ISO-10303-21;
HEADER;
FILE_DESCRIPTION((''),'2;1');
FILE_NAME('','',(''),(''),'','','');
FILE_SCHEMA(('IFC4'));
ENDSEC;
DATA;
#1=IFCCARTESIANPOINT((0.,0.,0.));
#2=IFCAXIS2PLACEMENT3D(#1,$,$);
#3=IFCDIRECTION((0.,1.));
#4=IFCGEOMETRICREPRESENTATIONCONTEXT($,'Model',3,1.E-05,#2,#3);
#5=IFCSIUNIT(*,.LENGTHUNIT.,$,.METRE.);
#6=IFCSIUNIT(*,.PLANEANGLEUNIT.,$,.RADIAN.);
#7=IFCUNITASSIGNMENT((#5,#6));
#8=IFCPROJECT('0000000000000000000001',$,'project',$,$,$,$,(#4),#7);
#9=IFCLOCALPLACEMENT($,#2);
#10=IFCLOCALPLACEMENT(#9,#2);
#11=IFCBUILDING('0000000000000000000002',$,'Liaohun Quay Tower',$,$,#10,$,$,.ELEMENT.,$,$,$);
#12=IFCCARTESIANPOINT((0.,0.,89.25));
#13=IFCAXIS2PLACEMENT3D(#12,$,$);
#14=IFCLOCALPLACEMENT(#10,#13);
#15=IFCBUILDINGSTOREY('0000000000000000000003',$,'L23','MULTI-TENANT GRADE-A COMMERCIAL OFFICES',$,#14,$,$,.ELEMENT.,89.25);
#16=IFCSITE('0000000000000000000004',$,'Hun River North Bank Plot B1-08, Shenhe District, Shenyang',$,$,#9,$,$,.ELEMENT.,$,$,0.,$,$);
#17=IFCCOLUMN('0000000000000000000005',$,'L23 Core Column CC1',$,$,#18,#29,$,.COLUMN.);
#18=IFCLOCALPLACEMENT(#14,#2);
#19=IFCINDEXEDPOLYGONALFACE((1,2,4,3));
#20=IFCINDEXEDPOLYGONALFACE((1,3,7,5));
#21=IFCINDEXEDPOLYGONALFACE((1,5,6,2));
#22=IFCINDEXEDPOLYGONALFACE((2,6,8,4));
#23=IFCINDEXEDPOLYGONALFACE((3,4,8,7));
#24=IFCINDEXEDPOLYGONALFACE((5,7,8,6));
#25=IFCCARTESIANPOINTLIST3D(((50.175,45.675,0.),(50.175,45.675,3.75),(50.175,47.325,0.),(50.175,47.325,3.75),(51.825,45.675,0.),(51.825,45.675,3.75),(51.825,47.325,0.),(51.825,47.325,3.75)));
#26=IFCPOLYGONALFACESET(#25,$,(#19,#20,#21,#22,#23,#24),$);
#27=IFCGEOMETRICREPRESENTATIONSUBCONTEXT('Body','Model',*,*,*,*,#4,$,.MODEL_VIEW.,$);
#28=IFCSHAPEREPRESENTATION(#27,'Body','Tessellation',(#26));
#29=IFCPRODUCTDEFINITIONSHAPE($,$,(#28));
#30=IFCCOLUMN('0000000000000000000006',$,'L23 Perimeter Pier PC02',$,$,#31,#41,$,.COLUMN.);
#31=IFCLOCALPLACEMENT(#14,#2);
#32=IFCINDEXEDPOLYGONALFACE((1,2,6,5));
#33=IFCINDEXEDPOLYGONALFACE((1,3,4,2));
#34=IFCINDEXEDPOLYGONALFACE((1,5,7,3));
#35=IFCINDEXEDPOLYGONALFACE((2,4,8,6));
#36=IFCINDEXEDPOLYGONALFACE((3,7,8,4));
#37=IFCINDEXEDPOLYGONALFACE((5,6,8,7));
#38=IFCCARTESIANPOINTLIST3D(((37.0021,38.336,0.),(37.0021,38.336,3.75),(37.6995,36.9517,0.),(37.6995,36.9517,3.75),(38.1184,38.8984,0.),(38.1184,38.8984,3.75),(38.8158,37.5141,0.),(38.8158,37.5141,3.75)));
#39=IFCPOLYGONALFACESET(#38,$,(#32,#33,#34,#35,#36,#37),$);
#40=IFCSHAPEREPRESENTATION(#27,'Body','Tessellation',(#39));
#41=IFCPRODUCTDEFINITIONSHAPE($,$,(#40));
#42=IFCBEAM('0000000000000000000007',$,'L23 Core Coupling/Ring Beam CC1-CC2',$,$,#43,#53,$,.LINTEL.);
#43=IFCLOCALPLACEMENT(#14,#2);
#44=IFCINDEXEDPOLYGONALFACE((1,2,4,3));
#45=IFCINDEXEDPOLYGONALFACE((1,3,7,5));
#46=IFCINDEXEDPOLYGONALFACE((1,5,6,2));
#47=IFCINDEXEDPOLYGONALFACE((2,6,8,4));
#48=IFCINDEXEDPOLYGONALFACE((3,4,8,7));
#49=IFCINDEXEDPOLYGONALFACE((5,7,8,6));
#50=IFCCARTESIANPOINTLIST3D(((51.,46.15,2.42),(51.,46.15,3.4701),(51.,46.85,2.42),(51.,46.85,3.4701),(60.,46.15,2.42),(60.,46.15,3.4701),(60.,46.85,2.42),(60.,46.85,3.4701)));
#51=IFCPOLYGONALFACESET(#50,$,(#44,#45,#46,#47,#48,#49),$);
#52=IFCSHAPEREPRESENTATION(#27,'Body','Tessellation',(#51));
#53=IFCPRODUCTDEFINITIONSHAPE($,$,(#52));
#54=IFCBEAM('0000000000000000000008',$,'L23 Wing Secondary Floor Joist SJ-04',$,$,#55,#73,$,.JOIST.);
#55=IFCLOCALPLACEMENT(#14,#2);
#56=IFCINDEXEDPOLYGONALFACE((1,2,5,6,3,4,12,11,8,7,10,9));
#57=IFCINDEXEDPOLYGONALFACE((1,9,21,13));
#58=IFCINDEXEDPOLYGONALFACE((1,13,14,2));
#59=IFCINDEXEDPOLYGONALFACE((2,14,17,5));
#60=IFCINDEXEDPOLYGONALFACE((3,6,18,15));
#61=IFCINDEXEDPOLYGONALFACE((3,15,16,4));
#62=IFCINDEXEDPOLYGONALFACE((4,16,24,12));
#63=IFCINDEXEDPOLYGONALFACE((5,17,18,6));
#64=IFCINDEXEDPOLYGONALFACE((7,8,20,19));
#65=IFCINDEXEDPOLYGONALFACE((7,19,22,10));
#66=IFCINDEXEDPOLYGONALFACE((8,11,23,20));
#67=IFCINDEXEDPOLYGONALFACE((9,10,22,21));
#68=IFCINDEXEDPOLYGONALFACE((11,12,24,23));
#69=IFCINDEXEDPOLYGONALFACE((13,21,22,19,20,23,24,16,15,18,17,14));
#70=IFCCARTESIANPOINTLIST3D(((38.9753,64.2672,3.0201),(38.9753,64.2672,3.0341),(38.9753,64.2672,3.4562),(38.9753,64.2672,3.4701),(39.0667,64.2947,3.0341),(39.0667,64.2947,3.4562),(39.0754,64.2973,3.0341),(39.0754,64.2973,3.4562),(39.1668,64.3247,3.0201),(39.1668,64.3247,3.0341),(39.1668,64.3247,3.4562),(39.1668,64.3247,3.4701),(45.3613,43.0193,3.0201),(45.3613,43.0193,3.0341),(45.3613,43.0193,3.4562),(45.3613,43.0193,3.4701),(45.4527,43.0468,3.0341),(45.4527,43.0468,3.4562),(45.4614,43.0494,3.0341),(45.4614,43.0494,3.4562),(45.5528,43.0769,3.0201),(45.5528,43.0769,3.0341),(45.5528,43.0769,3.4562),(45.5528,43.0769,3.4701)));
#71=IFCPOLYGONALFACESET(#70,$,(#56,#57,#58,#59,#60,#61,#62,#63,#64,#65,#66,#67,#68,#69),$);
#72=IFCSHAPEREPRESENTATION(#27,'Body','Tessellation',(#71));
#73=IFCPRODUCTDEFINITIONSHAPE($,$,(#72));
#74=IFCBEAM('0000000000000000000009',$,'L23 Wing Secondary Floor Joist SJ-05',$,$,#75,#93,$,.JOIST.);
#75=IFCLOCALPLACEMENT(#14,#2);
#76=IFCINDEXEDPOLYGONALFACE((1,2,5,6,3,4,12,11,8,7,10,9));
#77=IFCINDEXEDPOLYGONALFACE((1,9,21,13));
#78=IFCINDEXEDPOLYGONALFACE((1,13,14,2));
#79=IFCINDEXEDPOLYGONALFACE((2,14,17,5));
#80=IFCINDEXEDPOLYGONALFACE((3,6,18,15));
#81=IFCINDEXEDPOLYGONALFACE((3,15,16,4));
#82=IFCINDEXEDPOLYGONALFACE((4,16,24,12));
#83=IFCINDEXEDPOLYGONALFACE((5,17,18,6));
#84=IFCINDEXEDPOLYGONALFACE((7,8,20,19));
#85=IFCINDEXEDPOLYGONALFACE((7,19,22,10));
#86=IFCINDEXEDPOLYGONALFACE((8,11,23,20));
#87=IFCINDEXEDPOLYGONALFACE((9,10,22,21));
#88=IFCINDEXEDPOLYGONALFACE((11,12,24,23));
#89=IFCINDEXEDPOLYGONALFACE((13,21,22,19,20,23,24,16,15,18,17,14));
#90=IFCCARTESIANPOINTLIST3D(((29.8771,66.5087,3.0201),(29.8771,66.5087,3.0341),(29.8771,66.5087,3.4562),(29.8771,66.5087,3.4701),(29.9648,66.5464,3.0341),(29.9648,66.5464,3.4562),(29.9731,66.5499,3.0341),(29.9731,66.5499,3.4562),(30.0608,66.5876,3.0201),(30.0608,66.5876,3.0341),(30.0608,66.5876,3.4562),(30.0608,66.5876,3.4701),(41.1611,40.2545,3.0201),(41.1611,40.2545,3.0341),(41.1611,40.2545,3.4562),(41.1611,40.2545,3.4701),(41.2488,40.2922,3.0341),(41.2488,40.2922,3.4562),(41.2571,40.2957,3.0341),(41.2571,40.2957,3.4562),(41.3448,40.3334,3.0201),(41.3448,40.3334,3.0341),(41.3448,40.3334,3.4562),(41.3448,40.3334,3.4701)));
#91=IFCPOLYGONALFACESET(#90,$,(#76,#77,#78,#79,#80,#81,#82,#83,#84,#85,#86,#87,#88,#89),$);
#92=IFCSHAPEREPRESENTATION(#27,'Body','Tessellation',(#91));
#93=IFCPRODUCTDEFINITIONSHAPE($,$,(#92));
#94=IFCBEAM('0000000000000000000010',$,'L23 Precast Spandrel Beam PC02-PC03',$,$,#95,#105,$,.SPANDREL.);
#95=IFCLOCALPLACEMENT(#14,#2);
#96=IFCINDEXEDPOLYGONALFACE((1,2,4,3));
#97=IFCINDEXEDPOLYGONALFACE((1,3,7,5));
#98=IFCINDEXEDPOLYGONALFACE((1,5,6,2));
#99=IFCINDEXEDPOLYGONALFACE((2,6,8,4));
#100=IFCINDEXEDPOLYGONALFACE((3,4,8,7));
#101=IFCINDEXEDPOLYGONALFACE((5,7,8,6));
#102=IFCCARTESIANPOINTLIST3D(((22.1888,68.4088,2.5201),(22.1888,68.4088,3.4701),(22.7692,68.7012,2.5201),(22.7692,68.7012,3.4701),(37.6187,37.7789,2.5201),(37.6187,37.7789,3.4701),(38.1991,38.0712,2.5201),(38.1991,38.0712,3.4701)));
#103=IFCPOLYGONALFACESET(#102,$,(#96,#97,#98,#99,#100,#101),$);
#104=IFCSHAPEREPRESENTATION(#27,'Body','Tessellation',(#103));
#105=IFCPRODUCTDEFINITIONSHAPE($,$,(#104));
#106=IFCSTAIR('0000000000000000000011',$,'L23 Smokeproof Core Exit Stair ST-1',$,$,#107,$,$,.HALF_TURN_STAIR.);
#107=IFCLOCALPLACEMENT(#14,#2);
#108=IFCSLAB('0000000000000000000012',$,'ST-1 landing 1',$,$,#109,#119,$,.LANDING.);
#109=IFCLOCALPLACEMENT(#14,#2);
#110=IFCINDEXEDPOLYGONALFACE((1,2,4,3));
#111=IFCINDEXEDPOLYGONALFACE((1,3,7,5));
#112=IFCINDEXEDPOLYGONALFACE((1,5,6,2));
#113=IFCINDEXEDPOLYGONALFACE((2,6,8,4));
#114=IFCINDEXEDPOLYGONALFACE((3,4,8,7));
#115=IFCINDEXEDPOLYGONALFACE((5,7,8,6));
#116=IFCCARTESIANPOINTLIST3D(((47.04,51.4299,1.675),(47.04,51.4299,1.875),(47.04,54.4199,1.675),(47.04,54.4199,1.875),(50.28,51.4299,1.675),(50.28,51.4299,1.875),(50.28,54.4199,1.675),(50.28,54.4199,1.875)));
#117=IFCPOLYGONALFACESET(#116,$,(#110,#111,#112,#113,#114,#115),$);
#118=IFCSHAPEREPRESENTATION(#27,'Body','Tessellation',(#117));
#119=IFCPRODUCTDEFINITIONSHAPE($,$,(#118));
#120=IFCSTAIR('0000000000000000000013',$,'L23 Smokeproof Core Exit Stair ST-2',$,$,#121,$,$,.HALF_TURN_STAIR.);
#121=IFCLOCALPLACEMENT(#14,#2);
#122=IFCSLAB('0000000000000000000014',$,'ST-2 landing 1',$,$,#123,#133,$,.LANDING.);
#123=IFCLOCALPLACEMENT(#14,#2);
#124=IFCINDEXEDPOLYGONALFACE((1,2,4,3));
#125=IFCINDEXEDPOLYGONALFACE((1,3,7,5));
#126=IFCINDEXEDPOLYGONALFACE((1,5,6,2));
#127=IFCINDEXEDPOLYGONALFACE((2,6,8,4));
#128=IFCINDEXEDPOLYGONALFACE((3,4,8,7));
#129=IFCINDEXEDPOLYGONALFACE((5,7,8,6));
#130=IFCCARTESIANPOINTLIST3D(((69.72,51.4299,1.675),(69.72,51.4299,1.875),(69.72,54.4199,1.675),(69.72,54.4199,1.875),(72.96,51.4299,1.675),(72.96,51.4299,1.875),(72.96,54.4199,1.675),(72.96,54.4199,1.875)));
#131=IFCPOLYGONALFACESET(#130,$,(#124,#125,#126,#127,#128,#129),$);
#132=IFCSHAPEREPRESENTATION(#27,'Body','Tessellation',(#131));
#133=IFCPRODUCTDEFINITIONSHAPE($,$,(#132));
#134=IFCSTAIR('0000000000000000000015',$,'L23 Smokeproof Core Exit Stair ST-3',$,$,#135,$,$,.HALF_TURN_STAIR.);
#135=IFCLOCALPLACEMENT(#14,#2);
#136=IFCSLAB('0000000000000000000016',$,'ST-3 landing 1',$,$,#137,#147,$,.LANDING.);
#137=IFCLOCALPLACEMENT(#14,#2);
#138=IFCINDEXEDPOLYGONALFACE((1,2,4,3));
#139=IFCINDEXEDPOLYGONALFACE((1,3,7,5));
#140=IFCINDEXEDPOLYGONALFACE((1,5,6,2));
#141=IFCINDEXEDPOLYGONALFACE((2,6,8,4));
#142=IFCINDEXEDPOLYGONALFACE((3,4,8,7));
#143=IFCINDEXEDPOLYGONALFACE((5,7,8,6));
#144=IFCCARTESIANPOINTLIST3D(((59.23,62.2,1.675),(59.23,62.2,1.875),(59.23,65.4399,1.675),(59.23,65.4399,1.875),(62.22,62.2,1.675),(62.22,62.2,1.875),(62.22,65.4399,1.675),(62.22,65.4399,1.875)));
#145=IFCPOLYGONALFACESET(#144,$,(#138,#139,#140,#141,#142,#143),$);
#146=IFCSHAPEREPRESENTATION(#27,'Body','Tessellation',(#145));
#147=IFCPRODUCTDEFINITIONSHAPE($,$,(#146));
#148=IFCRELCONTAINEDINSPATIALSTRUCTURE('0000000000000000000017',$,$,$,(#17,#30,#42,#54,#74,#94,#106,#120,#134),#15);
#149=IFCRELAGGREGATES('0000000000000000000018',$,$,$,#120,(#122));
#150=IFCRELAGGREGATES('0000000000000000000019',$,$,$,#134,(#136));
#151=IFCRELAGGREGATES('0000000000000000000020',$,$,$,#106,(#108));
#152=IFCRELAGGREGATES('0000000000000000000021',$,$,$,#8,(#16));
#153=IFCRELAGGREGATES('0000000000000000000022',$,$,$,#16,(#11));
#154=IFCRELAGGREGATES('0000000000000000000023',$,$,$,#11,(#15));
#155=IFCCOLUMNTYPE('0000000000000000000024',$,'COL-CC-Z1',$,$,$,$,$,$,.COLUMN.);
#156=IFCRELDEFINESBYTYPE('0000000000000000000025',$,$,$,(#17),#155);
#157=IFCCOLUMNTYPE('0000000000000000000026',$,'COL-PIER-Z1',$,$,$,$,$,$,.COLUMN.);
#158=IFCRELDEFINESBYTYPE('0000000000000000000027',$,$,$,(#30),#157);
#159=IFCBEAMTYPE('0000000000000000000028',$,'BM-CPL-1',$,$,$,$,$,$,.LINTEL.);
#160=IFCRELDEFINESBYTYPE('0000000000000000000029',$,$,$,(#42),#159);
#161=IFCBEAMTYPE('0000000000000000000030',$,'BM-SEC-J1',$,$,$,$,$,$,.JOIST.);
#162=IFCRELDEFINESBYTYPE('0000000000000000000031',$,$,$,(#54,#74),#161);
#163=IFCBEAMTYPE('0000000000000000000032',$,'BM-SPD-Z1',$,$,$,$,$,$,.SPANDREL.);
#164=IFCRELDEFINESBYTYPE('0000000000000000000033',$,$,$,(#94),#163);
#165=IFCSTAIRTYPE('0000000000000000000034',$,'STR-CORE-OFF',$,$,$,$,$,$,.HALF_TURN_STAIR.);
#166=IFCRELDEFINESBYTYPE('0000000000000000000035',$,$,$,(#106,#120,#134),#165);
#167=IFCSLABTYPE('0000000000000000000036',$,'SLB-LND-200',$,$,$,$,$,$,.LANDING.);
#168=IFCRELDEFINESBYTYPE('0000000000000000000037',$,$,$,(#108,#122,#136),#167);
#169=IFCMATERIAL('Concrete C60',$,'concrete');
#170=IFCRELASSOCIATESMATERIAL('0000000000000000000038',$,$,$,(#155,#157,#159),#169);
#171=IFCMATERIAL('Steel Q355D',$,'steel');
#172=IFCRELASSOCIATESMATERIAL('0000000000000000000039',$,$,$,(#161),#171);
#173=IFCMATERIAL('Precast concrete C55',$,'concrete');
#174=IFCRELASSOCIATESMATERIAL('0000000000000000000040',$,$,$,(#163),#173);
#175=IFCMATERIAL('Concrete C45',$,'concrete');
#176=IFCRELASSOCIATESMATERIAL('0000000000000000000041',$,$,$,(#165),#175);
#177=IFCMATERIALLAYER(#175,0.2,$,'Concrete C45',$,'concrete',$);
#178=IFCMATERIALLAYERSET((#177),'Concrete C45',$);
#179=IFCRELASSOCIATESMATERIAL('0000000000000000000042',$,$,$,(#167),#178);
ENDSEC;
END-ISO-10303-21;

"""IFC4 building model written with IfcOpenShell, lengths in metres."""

from ifc_helpers import new_model, si_unit, direction, frame, origin, origin_2d, place, context, subcontext, project, spatial, polyline, rectangle, i_section, outline, extrude, source, transform, mapped, material, layer, layer_set, material_profile, profile_set, type_object, element, aggregate, save


model = new_model("IFC4")

# Units and contexts
model_context = context("Model", 3, precision=1e-05, world=origin(), true_north=direction((0.0, 1.0)))
body_context = subcontext(model_context, "Body", "Model", "MODEL_VIEW")
ifc_project = project(units=[si_unit("LENGTHUNIT", "METRE"), si_unit("PLANEANGLEUNIT", "RADIAN")], contexts=[model_context])

# Site, building, storey
site_placement = place(None, origin())
site = spatial("IfcSite", under=ifc_project, at=site_placement, Name="Hun River North Bank Plot B1-08, Shenhe District, Shenyang", CompositionType="ELEMENT", RefElevation=0.0)
building_placement = place(site_placement, origin())
building = spatial("IfcBuilding", under=site, at=building_placement, Name="Liaohun Quay Tower", CompositionType="ELEMENT")
storey_placement = place(building_placement, frame((0.0, 0.0, 89.25)))
storey = spatial("IfcBuildingStorey", under=building, at=storey_placement, Name="L23", Description="MULTI-TENANT GRADE-A COMMERCIAL OFFICES", CompositionType="ELEMENT", Elevation=89.25)

# Columns
ifc_material_1 = material(Name="Concrete C60", Category="concrete")
ifc_material_profile_1 = material_profile(ifc_material_1, rectangle(XDim=1.6499, YDim=1.6499, at=origin_2d()), Name="RC1650x1650")
ifc_profile_set_1 = profile_set([ifc_material_profile_1], Name="Concrete C60")
column_type_1 = type_object("IfcColumnType", Name="COL-CC-Z1", PredefinedType="COLUMN", material=ifc_profile_set_1)
shared_shape_1 = source(origin(), body_context, "Body", "SweptSolid", [
    extrude(rectangle(XDim=1.6499, YDim=1.6499, at=origin_2d()), origin(), (0.0, 0.0, 1.0), 3.75),
])
column_1_placement = place(storey_placement, frame((51.0, 46.5, 0.0), z_axis=(0.0, 0.0, 1.0), x_axis=(1.0, 0.0, 0.0)))
element("IfcColumn", 1, at=column_1_placement, inside=storey, type_object=column_type_1, Name="L23 Core Column CC1", PredefinedType="COLUMN", context=body_context, shape_type="MappedRepresentation", body=[
    mapped(shared_shape_1, transform((0.0, 0.0, 0.0), x_axis=(1.0, 0.0, 0.0), y_axis=(0.0, 1.0, 0.0), z_axis=(0.0, 0.0, 1.0), scale=1.0)),
])
ifc_material_profile_2 = material_profile(ifc_material_1, rectangle(XDim=1.55, YDim=1.25, at=origin_2d()), Name="RC1550x1250")
ifc_profile_set_2 = profile_set([ifc_material_profile_2], Name="Concrete C60")
column_type_2 = type_object("IfcColumnType", Name="COL-PIER-Z1", PredefinedType="COLUMN", material=ifc_profile_set_2)
shared_shape_2 = source(origin(), body_context, "Body", "SweptSolid", [
    extrude(rectangle(XDim=1.55, YDim=1.25, at=origin_2d()), origin(), (0.0, 0.0, 1.0), 3.75),
])
column_2_placement = place(storey_placement, frame((37.9089, 37.925, 0.0), z_axis=(0.0, 0.0, 1.0), x_axis=(-0.449943, 0.893057, 0.0)))
element("IfcColumn", 2, at=column_2_placement, inside=storey, type_object=column_type_2, Name="L23 Perimeter Pier PC02", PredefinedType="COLUMN", context=body_context, shape_type="MappedRepresentation", body=[
    mapped(shared_shape_2, transform((0.0, 0.0, 0.0), x_axis=(1.0, 0.0, 0.0), y_axis=(0.0, 1.0, 0.0), z_axis=(0.0, 0.0, 1.0), scale=1.0)),
])

# Beams
ifc_material_profile_3 = material_profile(ifc_material_1, rectangle(XDim=0.7, YDim=1.05, at=origin_2d()), Name="RC700x1050")
ifc_profile_set_3 = profile_set([ifc_material_profile_3], Name="Concrete C60")
beam_type_1 = type_object("IfcBeamType", Name="BM-CPL-1", PredefinedType="LINTEL", material=ifc_profile_set_3)
shared_shape_3 = source(origin(), body_context, "Body", "SweptSolid", [
    extrude(rectangle(XDim=0.7, YDim=1.05, at=origin_2d()), origin(), (0.0, 0.0, 1.0), 9.0),
])
beam_1_placement = place(storey_placement, frame((51.0, 46.5, 2.9451), z_axis=(1.0, 0.0, 0.0), x_axis=(0.0, 1.0, 0.0)))
element("IfcBeam", 3, at=beam_1_placement, inside=storey, type_object=beam_type_1, Name="L23 Core Coupling/Ring Beam CC1-CC2", PredefinedType="LINTEL", context=body_context, shape_type="MappedRepresentation", body=[
    mapped(shared_shape_3, transform((0.0, 0.0, 0.0), x_axis=(1.0, 0.0, 0.0), y_axis=(0.0, 1.0, 0.0), z_axis=(0.0, 0.0, 1.0), scale=1.0)),
])
ifc_material_2 = material(Name="Steel Q355D", Category="steel")
ifc_material_profile_4 = material_profile(ifc_material_2, i_section(OverallWidth=0.2, OverallDepth=0.45, WebThickness=0.009, FlangeThickness=0.0139, at=origin_2d()), Name="HN450x200x9x14")
ifc_profile_set_4 = profile_set([ifc_material_profile_4], Name="Steel Q355D")
beam_type_2 = type_object("IfcBeamType", Name="BM-SEC-J1", PredefinedType="JOIST", material=ifc_profile_set_4)
shared_shape_4 = source(origin(), body_context, "Body", "SweptSolid", [
    extrude(i_section(OverallWidth=0.2, OverallDepth=0.45, WebThickness=0.009, FlangeThickness=0.0139, at=origin_2d()), origin(), (0.0, 0.0, 1.0), 22.1868),
])
beam_2_placement = place(storey_placement, frame((45.457, 43.0481, 3.2451), z_axis=(-0.287829, 0.957682, 0.0), x_axis=(-0.957682, -0.287829, 0.0)))
element("IfcBeam", 4, at=beam_2_placement, inside=storey, type_object=beam_type_2, Name="L23 Wing Secondary Floor Joist SJ-04", PredefinedType="JOIST", context=body_context, shape_type="MappedRepresentation", body=[
    mapped(shared_shape_4, transform((0.0, 0.0, 0.0), x_axis=(1.0, 0.0, 0.0), y_axis=(0.0, 1.0, 0.0), z_axis=(0.0, 0.0, 1.0), scale=1.0)),
])
shared_shape_5 = source(origin(), body_context, "Body", "SweptSolid", [
    extrude(i_section(OverallWidth=0.2, OverallDepth=0.45, WebThickness=0.009, FlangeThickness=0.0139, at=origin_2d()), origin(), (0.0, 0.0, 1.0), 28.5764),
])
beam_3_placement = place(storey_placement, frame((41.2529, 40.2939, 3.2451), z_axis=(-0.39487, 0.918737, 0.0), x_axis=(-0.918737, -0.39487, 0.0)))
element("IfcBeam", 5, at=beam_3_placement, inside=storey, type_object=beam_type_2, Name="L23 Wing Secondary Floor Joist SJ-05", PredefinedType="JOIST", context=body_context, shape_type="MappedRepresentation", body=[
    mapped(shared_shape_5, transform((0.0, 0.0, 0.0), x_axis=(1.0, 0.0, 0.0), y_axis=(0.0, 1.0, 0.0), z_axis=(0.0, 0.0, 1.0), scale=1.0)),
])
ifc_material_3 = material(Name="Precast concrete C55", Category="concrete")
ifc_material_profile_5 = material_profile(ifc_material_3, rectangle(XDim=0.6499, YDim=0.95, at=origin_2d()), Name="RC650x950")
ifc_profile_set_5 = profile_set([ifc_material_profile_5], Name="Precast concrete C55")
beam_type_3 = type_object("IfcBeamType", Name="BM-SPD-Z1", PredefinedType="SPANDREL", material=ifc_profile_set_5)
shared_shape_6 = source(origin(), body_context, "Body", "SweptSolid", [
    extrude(rectangle(XDim=0.6499, YDim=0.95, at=origin_2d()), origin(), (0.0, 0.0, 1.0), 34.2969),
])
beam_4_placement = place(storey_placement, frame((37.9089, 37.925, 2.9951), z_axis=(-0.449894, 0.893082, 0.0), x_axis=(-0.893082, -0.449894, 0.0)))
element("IfcBeam", 6, at=beam_4_placement, inside=storey, type_object=beam_type_3, Name="L23 Precast Spandrel Beam PC02-PC03", PredefinedType="SPANDREL", context=body_context, shape_type="MappedRepresentation", body=[
    mapped(shared_shape_6, transform((0.0, 0.0, 0.0), x_axis=(1.0, 0.0, 0.0), y_axis=(0.0, 1.0, 0.0), z_axis=(0.0, 0.0, 1.0), scale=1.0)),
])

# Stairs, slabs
ifc_material_4 = material(Name="Concrete C45", Category="concrete")
stair_type = type_object("IfcStairType", Name="STR-CORE-OFF", PredefinedType="HALF_TURN_STAIR", material=ifc_material_4)
stair_1_placement = place(storey_placement, origin())
stair_1 = element("IfcStair", 7, at=stair_1_placement, inside=storey, type_object=stair_type, Name="L23 Smokeproof Core Exit Stair ST-1", PredefinedType="HALF_TURN_STAIR")
ifc_layer_1 = layer(ifc_material_4, 0.2, Name="Concrete C45", Category="concrete")
ifc_layer_set_1 = layer_set([ifc_layer_1], Name="Concrete C45")
slab_type_1 = type_object("IfcSlabType", Name="SLB-LND-200", PredefinedType="LANDING", material=ifc_layer_set_1)
slab_1_placement = place(storey_placement, frame((0.0, 0.0, 1.675)))
slab_1 = element("IfcSlab", 8, at=slab_1_placement, type_object=slab_type_1, Name="ST-1 landing 1", PredefinedType="LANDING", context=body_context, shape_type="SweptSolid", body=[
    extrude(outline(polyline([(50.28, 51.4299), (50.28, 54.4199), (47.04, 54.4199), (47.04, 51.4299), (50.28, 51.4299)])), origin(), (0.0, 0.0, 1.0), 0.2),
])
stair_2_placement = place(storey_placement, origin())
stair_2 = element("IfcStair", 9, at=stair_2_placement, inside=storey, type_object=stair_type, Name="L23 Smokeproof Core Exit Stair ST-2", PredefinedType="HALF_TURN_STAIR")
slab_2_placement = place(storey_placement, frame((0.0, 0.0, 1.675)))
slab_2 = element("IfcSlab", 10, at=slab_2_placement, type_object=slab_type_1, Name="ST-2 landing 1", PredefinedType="LANDING", context=body_context, shape_type="SweptSolid", body=[
    extrude(outline(polyline([(72.96, 51.4299), (72.96, 54.4199), (69.72, 54.4199), (69.72, 51.4299), (72.96, 51.4299)])), origin(), (0.0, 0.0, 1.0), 0.2),
])
aggregate(stair_2, [slab_2])
stair_3_placement = place(storey_placement, origin())
stair_3 = element("IfcStair", 11, at=stair_3_placement, inside=storey, type_object=stair_type, Name="L23 Smokeproof Core Exit Stair ST-3", PredefinedType="HALF_TURN_STAIR")
slab_3_placement = place(storey_placement, frame((0.0, 0.0, 1.675)))
slab_3 = element("IfcSlab", 12, at=slab_3_placement, type_object=slab_type_1, Name="ST-3 landing 1", PredefinedType="LANDING", context=body_context, shape_type="SweptSolid", body=[
    extrude(outline(polyline([(59.23, 62.2), (62.22, 62.2), (62.22, 65.4399), (59.23, 65.4399), (59.23, 62.2)])), origin(), (0.0, 0.0, 1.0), 0.2),
])
aggregate(stair_3, [slab_3])

aggregate(stair_1, [slab_1])

save(model, "model.ifc")
